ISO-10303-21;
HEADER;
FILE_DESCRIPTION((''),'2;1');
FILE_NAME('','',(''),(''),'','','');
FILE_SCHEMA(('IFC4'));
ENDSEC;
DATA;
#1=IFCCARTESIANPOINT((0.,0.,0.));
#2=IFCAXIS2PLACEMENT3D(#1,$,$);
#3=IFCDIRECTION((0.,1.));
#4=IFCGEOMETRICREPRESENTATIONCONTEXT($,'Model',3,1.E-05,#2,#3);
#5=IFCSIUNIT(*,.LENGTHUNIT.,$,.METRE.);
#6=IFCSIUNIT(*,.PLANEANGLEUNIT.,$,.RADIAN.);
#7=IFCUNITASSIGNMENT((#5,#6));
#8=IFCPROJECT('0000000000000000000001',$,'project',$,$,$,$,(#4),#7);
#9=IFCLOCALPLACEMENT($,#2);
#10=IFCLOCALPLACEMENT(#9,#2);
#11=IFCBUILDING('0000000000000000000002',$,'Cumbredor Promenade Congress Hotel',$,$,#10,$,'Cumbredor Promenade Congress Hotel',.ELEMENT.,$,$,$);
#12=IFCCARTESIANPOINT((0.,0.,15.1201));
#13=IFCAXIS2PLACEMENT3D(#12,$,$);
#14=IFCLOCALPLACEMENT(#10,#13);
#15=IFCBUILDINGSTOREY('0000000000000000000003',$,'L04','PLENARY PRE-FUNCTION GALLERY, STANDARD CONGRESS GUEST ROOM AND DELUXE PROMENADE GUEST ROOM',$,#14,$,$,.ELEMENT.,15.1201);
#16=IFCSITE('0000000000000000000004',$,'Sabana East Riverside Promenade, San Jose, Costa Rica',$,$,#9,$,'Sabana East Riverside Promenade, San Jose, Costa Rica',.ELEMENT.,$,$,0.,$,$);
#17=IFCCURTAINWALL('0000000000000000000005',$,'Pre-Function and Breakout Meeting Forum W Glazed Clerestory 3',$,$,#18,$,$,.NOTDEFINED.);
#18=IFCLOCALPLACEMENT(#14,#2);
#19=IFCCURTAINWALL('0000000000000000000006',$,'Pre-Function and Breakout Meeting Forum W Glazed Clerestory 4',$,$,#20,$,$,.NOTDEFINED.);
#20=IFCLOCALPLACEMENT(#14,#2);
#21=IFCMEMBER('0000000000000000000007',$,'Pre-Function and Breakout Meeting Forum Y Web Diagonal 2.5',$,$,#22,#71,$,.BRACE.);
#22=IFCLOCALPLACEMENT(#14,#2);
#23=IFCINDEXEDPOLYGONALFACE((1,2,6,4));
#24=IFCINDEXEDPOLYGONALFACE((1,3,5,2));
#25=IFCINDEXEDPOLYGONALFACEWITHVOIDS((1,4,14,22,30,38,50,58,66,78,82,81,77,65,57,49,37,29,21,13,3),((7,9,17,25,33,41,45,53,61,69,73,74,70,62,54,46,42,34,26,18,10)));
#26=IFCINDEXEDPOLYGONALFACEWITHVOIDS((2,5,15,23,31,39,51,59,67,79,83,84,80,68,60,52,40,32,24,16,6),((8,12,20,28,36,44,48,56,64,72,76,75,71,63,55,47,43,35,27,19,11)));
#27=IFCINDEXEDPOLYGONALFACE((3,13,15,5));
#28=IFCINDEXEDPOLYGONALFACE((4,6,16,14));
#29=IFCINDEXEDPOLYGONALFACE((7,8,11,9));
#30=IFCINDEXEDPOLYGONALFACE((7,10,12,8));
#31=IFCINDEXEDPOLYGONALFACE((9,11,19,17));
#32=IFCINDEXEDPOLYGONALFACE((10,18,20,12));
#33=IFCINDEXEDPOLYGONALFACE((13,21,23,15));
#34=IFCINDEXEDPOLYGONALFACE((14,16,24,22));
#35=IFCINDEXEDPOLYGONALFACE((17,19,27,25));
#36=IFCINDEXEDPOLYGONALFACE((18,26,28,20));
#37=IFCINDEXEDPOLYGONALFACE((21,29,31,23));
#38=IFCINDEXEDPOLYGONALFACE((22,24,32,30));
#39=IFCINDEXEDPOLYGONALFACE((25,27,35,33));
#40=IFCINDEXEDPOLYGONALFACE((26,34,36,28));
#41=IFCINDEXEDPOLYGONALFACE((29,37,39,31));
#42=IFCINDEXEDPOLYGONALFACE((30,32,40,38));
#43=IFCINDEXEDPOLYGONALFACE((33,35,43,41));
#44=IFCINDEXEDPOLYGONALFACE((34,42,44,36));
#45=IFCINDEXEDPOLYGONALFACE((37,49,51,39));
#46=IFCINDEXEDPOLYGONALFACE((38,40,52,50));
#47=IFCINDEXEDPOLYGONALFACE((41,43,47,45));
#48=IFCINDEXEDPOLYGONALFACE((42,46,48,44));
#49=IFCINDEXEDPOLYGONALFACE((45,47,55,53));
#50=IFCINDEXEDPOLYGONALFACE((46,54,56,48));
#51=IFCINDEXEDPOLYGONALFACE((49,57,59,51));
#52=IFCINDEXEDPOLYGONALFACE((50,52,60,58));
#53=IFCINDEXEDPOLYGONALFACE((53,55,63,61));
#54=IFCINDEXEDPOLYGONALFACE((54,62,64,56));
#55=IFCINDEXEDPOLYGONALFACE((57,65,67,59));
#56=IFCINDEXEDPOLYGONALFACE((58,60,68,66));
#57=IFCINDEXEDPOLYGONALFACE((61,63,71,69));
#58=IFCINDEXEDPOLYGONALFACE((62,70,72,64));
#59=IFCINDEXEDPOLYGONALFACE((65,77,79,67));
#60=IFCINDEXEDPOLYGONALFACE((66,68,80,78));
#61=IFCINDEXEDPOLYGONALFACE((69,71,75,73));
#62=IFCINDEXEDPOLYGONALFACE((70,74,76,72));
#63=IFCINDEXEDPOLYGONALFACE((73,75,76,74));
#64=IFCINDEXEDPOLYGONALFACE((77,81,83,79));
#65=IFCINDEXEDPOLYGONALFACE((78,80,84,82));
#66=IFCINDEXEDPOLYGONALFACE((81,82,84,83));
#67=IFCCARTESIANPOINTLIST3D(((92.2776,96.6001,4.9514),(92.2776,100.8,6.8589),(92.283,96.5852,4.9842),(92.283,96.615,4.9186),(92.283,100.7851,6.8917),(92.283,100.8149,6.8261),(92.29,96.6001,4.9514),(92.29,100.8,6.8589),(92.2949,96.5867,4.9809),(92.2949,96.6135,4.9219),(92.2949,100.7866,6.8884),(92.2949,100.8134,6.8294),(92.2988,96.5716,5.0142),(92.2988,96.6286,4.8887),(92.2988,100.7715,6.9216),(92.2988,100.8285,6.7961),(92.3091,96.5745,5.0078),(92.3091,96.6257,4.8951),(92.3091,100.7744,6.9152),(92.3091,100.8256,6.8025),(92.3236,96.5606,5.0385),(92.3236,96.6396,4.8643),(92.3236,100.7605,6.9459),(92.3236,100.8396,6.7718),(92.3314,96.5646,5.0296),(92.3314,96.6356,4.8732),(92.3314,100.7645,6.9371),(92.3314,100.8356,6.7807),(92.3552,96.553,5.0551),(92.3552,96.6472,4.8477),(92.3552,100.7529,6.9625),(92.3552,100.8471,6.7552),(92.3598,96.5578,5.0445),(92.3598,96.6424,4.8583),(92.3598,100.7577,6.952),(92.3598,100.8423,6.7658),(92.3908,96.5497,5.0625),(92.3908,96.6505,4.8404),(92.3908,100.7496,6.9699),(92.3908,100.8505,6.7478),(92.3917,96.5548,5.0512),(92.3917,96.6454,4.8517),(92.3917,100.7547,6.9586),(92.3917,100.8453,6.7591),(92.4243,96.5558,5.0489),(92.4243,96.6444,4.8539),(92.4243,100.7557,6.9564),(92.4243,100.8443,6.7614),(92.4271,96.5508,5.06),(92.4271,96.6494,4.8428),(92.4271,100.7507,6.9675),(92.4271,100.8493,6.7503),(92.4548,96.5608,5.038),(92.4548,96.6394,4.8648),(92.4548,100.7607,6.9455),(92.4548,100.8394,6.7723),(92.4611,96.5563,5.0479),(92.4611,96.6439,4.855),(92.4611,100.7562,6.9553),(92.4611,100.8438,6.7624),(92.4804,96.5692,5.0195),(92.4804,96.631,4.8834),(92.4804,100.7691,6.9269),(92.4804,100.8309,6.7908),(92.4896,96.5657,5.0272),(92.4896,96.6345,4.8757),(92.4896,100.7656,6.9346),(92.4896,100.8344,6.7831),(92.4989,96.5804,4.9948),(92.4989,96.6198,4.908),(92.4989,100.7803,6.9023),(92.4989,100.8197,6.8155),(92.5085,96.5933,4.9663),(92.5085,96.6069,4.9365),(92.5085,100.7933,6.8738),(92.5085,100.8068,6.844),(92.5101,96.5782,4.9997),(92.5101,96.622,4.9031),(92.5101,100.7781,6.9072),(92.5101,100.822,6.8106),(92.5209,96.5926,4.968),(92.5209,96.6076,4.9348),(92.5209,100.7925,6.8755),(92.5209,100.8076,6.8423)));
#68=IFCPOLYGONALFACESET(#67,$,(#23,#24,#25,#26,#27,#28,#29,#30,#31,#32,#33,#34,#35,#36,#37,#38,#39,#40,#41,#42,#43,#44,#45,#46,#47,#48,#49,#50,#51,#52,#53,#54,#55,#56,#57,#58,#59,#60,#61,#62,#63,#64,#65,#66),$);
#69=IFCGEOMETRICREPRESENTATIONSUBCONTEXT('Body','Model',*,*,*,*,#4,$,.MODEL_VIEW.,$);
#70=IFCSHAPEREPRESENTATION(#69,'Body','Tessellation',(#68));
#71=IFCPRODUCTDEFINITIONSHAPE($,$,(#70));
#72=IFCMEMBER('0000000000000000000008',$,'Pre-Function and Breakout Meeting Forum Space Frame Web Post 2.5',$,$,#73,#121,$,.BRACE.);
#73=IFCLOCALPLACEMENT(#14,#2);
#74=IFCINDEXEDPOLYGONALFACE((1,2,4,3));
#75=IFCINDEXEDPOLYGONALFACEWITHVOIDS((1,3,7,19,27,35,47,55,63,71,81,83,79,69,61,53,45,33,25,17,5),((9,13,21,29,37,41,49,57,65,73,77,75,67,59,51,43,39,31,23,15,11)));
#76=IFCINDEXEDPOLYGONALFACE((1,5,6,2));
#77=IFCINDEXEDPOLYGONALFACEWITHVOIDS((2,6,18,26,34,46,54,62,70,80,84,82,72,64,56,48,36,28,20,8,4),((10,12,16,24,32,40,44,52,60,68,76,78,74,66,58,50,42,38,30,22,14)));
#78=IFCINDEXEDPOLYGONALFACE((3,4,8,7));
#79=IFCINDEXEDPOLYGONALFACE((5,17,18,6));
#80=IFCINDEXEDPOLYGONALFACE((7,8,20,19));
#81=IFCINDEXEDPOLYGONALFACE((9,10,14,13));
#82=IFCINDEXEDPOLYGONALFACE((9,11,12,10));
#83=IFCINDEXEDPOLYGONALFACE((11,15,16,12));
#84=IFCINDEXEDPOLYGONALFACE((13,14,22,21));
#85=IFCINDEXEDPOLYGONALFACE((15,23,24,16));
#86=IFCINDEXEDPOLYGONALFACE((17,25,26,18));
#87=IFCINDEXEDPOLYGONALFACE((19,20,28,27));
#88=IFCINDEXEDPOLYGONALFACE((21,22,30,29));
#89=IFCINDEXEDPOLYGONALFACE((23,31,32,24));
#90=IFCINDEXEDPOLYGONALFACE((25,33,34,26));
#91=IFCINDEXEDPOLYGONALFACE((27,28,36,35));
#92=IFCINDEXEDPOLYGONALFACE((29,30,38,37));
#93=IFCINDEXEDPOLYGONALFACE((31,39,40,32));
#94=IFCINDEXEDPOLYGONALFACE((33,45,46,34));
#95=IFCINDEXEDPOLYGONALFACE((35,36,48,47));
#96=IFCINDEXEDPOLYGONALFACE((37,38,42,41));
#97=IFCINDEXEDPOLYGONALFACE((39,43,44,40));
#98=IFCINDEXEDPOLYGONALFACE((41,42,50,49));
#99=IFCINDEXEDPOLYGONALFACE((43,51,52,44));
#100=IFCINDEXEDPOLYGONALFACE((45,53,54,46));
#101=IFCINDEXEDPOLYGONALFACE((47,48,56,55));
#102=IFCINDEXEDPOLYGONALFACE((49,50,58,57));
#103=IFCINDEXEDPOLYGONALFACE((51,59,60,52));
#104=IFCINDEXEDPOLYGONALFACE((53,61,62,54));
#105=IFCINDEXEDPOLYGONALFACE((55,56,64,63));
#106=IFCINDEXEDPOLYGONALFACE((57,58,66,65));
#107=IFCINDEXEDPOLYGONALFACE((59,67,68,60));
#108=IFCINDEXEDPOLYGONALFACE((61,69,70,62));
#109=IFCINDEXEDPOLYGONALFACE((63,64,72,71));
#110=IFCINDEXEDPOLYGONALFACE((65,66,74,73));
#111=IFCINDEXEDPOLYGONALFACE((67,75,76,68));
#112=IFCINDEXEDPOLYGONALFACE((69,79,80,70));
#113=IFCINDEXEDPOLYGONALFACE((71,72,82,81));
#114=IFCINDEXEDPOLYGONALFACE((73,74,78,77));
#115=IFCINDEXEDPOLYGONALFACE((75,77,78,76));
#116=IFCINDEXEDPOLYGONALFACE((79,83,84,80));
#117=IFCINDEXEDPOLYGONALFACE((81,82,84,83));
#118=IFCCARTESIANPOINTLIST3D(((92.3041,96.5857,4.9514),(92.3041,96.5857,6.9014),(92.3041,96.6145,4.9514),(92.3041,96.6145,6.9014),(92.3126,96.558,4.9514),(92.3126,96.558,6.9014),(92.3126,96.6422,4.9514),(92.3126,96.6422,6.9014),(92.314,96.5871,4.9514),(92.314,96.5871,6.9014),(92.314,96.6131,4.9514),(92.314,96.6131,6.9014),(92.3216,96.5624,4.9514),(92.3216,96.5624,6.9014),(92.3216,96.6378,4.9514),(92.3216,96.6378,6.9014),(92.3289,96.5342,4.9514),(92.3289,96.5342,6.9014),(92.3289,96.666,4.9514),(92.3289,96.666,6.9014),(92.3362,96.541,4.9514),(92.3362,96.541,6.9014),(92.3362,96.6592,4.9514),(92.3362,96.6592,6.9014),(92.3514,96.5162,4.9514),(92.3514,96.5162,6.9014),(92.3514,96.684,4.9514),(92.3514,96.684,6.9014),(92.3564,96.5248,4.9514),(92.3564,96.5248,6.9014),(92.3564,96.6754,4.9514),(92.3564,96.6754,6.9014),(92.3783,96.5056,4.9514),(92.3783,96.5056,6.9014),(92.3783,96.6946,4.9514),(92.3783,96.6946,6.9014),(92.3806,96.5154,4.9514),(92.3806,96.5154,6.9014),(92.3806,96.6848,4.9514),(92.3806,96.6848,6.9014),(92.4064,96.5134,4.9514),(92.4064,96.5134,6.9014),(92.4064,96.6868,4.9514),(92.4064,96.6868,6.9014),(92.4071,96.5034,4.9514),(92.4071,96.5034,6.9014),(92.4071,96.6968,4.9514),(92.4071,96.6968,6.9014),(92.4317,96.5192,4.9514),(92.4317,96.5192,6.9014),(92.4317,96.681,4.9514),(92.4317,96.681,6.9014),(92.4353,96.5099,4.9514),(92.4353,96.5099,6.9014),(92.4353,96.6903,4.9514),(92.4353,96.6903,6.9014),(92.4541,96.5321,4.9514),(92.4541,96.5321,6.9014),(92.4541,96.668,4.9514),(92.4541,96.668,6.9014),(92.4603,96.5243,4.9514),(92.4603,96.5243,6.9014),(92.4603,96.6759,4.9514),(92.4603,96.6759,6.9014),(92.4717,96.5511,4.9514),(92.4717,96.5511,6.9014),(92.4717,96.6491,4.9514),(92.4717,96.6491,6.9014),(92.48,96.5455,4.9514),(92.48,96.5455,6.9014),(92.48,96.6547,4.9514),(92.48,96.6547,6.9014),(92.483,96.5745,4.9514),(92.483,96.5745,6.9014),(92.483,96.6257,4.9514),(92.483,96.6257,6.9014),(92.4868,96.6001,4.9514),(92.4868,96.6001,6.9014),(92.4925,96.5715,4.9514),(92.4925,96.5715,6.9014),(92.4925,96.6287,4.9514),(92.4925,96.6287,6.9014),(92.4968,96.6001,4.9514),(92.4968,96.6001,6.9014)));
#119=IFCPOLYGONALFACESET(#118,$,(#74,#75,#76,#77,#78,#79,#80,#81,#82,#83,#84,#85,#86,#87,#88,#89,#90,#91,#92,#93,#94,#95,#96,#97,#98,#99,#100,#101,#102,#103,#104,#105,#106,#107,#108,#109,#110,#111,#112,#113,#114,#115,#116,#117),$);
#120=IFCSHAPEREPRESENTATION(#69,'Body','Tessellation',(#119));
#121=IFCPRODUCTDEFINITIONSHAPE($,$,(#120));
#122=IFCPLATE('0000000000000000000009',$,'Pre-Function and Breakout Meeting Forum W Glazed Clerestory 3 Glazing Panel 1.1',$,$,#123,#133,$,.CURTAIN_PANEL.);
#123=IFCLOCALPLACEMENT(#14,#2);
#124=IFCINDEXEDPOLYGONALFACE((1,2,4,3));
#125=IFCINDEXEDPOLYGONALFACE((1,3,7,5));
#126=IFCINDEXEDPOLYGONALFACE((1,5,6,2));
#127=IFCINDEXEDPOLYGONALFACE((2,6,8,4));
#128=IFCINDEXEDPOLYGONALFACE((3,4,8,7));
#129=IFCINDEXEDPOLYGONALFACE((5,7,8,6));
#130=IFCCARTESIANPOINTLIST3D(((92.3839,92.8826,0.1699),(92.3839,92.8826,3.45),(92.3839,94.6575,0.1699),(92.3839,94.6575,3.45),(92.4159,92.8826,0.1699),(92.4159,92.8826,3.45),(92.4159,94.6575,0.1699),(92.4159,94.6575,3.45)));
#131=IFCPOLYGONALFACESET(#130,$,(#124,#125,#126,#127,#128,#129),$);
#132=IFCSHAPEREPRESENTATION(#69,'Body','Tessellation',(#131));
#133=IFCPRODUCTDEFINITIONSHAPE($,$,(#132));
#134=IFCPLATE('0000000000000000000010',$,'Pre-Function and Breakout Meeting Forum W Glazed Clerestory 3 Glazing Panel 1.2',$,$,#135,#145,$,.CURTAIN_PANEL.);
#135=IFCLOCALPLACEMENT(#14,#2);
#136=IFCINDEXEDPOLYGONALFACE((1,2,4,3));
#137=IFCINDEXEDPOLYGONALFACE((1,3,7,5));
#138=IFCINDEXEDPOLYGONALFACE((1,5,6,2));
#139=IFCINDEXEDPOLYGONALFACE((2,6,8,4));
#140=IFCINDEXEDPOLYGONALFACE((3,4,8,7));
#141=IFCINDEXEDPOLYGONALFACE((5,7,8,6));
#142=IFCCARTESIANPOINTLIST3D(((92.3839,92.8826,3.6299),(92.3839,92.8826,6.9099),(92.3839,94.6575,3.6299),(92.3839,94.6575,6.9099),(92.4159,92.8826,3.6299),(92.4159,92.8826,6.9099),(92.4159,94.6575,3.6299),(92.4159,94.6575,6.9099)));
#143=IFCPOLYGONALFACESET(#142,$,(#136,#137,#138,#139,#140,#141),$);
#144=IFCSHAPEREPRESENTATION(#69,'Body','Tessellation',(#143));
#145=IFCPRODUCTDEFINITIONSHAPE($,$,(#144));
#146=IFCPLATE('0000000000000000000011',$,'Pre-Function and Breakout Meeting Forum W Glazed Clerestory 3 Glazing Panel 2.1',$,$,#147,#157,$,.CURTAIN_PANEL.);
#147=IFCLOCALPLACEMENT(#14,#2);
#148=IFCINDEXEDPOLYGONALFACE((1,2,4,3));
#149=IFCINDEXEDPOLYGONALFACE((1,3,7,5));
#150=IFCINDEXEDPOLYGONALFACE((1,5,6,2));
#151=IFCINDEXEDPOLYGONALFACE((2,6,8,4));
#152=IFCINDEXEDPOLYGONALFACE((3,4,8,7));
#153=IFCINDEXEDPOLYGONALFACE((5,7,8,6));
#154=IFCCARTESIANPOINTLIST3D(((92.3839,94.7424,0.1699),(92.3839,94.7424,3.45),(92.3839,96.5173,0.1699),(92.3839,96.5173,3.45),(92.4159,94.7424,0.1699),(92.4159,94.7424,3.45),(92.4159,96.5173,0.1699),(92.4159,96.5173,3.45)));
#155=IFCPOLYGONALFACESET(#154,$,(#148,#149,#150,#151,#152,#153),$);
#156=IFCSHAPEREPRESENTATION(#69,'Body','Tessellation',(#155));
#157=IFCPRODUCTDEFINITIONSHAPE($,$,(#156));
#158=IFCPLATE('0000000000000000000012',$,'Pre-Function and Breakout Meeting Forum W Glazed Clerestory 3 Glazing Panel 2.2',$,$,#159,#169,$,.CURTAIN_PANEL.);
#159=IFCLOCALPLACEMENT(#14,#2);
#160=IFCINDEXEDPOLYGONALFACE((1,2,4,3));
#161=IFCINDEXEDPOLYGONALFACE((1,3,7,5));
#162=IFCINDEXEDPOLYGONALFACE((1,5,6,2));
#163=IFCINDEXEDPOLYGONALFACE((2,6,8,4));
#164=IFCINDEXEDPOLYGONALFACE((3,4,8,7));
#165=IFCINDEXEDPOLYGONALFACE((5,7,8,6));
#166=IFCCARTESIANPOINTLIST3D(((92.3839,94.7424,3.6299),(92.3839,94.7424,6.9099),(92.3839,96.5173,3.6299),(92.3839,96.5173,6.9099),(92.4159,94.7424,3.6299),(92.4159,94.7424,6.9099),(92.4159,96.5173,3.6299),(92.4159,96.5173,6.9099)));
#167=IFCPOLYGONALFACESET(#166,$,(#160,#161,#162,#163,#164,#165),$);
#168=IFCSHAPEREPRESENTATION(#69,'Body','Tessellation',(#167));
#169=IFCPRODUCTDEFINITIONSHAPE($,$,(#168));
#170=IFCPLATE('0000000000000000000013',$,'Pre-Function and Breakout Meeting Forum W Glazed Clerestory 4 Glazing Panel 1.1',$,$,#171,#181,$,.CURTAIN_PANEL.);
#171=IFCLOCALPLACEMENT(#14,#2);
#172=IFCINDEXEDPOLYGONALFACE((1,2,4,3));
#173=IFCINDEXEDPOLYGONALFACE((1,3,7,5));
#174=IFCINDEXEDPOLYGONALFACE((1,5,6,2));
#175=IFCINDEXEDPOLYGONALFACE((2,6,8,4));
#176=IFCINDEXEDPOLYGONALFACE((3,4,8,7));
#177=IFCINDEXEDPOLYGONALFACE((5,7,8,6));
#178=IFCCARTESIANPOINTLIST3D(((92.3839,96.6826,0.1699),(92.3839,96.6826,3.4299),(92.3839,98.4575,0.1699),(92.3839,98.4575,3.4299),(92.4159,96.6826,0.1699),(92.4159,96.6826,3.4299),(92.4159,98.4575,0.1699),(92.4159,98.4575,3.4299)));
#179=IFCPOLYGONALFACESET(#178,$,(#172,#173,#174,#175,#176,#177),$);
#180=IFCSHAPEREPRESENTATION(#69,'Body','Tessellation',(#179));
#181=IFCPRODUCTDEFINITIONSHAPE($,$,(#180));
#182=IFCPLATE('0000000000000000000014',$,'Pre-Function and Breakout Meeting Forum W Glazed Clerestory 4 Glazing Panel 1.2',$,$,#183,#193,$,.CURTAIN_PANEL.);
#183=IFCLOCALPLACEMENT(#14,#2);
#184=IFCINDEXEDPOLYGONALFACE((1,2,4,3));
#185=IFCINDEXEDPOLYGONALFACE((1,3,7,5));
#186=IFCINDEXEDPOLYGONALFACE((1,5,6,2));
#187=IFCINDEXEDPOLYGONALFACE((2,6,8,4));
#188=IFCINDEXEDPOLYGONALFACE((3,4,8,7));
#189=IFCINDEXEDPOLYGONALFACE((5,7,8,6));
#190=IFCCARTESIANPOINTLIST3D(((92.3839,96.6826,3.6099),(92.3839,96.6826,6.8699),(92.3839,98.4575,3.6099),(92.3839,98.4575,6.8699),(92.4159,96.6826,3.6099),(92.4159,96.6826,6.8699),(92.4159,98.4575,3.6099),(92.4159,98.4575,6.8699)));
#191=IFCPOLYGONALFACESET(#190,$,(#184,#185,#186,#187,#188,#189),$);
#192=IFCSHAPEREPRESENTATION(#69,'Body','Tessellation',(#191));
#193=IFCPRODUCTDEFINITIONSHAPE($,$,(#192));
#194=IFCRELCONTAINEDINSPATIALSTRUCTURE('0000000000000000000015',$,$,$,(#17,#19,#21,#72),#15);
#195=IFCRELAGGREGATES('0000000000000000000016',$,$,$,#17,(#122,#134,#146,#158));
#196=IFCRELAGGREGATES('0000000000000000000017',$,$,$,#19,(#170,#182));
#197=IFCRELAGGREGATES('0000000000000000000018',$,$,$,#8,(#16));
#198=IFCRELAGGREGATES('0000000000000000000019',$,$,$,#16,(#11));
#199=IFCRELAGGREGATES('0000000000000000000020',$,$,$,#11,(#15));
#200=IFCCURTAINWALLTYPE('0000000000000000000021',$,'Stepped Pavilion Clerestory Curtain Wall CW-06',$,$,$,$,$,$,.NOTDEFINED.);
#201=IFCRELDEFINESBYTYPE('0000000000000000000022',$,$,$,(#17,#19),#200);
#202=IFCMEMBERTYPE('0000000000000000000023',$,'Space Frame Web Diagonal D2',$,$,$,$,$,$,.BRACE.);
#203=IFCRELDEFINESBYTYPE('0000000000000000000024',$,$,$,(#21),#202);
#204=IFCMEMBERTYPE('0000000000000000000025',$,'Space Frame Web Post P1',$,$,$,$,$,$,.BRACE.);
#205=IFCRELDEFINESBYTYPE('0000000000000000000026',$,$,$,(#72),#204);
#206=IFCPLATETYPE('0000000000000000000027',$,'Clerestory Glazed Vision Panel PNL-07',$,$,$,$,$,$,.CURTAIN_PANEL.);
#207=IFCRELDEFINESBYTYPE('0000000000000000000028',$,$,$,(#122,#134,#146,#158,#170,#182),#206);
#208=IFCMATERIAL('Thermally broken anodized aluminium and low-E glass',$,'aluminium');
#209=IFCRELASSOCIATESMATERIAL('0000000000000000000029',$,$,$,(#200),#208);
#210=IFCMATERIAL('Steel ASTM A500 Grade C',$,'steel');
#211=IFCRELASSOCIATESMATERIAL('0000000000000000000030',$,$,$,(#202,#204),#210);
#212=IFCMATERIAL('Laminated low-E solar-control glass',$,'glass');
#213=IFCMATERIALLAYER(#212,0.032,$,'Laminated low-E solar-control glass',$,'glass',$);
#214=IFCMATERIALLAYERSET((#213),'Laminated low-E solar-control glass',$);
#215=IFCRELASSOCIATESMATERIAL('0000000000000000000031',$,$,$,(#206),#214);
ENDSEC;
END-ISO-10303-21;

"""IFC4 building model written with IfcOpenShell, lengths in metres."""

from ifc_helpers import new_model, si_unit, direction, frame, origin, origin_2d, place, context, subcontext, project, spatial, rectangle, hollow_circle, extrude, material, layer, layer_set, material_profile, profile_set, type_object, element, aggregate, save


model = new_model("IFC4")

# Units and contexts
model_context = context("Model", 3, precision=1e-05, world=origin(), true_north=direction((0.0, 1.0)))
body_context = subcontext(model_context, "Body", "Model", "MODEL_VIEW")
ifc_project = project(units=[si_unit("LENGTHUNIT", "METRE"), si_unit("PLANEANGLEUNIT", "RADIAN")], contexts=[model_context])

# Site, building, storey
site_placement = place(None, origin())
site = spatial("IfcSite", under=ifc_project, at=site_placement, Name="Sabana East Riverside Promenade, San Jose, Costa Rica", LongName="Sabana East Riverside Promenade, San Jose, Costa Rica", CompositionType="ELEMENT", RefElevation=0.0)
building_placement = place(site_placement, origin())
building = spatial("IfcBuilding", under=site, at=building_placement, Name="Cumbredor Promenade Congress Hotel", LongName="Cumbredor Promenade Congress Hotel", CompositionType="ELEMENT")
storey_placement = place(building_placement, frame((0.0, 0.0, 15.1201)))
storey = spatial("IfcBuildingStorey", under=building, at=storey_placement, Name="L04", Description="PLENARY PRE-FUNCTION GALLERY, STANDARD CONGRESS GUEST ROOM AND DELUXE PROMENADE GUEST ROOM", CompositionType="ELEMENT", Elevation=15.1201)

# Curtain walls
ifc_material_1 = material(Name="Thermally broken anodized aluminium and low-E glass", Category="aluminium")
curtain_wall_type = type_object("IfcCurtainWallType", Name="Stepped Pavilion Clerestory Curtain Wall CW-06", PredefinedType="NOTDEFINED", material=ifc_material_1)
curtain_wall_1_placement = place(storey_placement, origin())
curtain_wall_1 = element("IfcCurtainWall", 1, at=curtain_wall_1_placement, inside=storey, type_object=curtain_wall_type, Name="Pre-Function and Breakout Meeting Forum W Glazed Clerestory 3", PredefinedType="NOTDEFINED")
curtain_wall_2_placement = place(storey_placement, origin())
curtain_wall_2 = element("IfcCurtainWall", 2, at=curtain_wall_2_placement, inside=storey, type_object=curtain_wall_type, Name="Pre-Function and Breakout Meeting Forum W Glazed Clerestory 4", PredefinedType="NOTDEFINED")

# Members
ifc_material_2 = material(Name="Steel ASTM A500 Grade C", Category="steel")
ifc_material_profile_1 = material_profile(ifc_material_2, hollow_circle(Radius=0.1223, WallThickness=0.0125, at=origin_2d()), Name="CHS 244.5x12.5")
ifc_profile_set_1 = profile_set([ifc_material_profile_1], Name="Steel ASTM A500 Grade C")
member_type_1 = type_object("IfcMemberType", Name="Space Frame Web Diagonal D2", PredefinedType="BRACE", material=ifc_profile_set_1)
member_1_placement = place(storey_placement, frame((92.3999, 96.6001, 4.9514), z_axis=(0.0, 0.910497, 0.413516), x_axis=(-1.0, 0.0, 0.0)))
element("IfcMember", 3, at=member_1_placement, inside=storey, type_object=member_type_1, Name="Pre-Function and Breakout Meeting Forum Y Web Diagonal 2.5", PredefinedType="BRACE", context=body_context, shape_type="SweptSolid", body=[
    extrude(hollow_circle(Radius=0.1223, WallThickness=0.0125, at=origin_2d()), origin(), (0.0, 0.0, 1.0), 4.6128),
])
ifc_material_profile_2 = material_profile(ifc_material_2, hollow_circle(Radius=0.0969, WallThickness=0.01, at=origin_2d()), Name="CHS 193.7x10")
ifc_profile_set_2 = profile_set([ifc_material_profile_2], Name="Steel ASTM A500 Grade C")
member_type_2 = type_object("IfcMemberType", Name="Space Frame Web Post P1", PredefinedType="BRACE", material=ifc_profile_set_2)
member_2_placement = place(storey_placement, frame((92.3999, 96.6001, 4.9514), z_axis=(0.0, 0.0, 1.0), x_axis=(1.0, 0.0, 0.0)))
element("IfcMember", 4, at=member_2_placement, inside=storey, type_object=member_type_2, Name="Pre-Function and Breakout Meeting Forum Space Frame Web Post 2.5", PredefinedType="BRACE", context=body_context, shape_type="SweptSolid", body=[
    extrude(hollow_circle(Radius=0.0969, WallThickness=0.01, at=origin_2d()), origin(), (0.0, 0.0, 1.0), 1.95),
])

# Plates
ifc_material_3 = material(Name="Laminated low-E solar-control glass", Category="glass")
ifc_layer_1 = layer(ifc_material_3, 0.032, Name="Laminated low-E solar-control glass", Category="glass")
ifc_layer_set_1 = layer_set([ifc_layer_1], Name="Laminated low-E solar-control glass")
plate_type_1 = type_object("IfcPlateType", Name="Clerestory Glazed Vision Panel PNL-07", PredefinedType="CURTAIN_PANEL", material=ifc_layer_set_1)
plate_1_placement = place(storey_placement, frame((92.3999, 93.77, 0.1699), z_axis=(0.0, 0.0, 1.0), x_axis=(0.0, 1.0, 0.0)))
plate_1 = element("IfcPlate", 5, at=plate_1_placement, type_object=plate_type_1, Name="Pre-Function and Breakout Meeting Forum W Glazed Clerestory 3 Glazing Panel 1.1", PredefinedType="CURTAIN_PANEL", context=body_context, shape_type="SweptSolid", body=[
    extrude(rectangle(XDim=1.7749, YDim=0.032, at=origin_2d()), origin(), (0.0, 0.0, 1.0), 3.28),
])
plate_2_placement = place(storey_placement, frame((92.3999, 93.77, 3.6299), z_axis=(0.0, 0.0, 1.0), x_axis=(0.0, 1.0, 0.0)))
plate_2 = element("IfcPlate", 6, at=plate_2_placement, type_object=plate_type_1, Name="Pre-Function and Breakout Meeting Forum W Glazed Clerestory 3 Glazing Panel 1.2", PredefinedType="CURTAIN_PANEL", context=body_context, shape_type="SweptSolid", body=[
    extrude(rectangle(XDim=1.7749, YDim=0.032, at=origin_2d()), origin(), (0.0, 0.0, 1.0), 3.28),
])
plate_3_placement = place(storey_placement, frame((92.3999, 95.6299, 0.1699), z_axis=(0.0, 0.0, 1.0), x_axis=(0.0, 1.0, 0.0)))
plate_3 = element("IfcPlate", 7, at=plate_3_placement, type_object=plate_type_1, Name="Pre-Function and Breakout Meeting Forum W Glazed Clerestory 3 Glazing Panel 2.1", PredefinedType="CURTAIN_PANEL", context=body_context, shape_type="SweptSolid", body=[
    extrude(rectangle(XDim=1.7749, YDim=0.032, at=origin_2d()), origin(), (0.0, 0.0, 1.0), 3.28),
])
plate_4_placement = place(storey_placement, frame((92.3999, 95.6299, 3.6299), z_axis=(0.0, 0.0, 1.0), x_axis=(0.0, 1.0, 0.0)))
plate_4 = element("IfcPlate", 8, at=plate_4_placement, type_object=plate_type_1, Name="Pre-Function and Breakout Meeting Forum W Glazed Clerestory 3 Glazing Panel 2.2", PredefinedType="CURTAIN_PANEL", context=body_context, shape_type="SweptSolid", body=[
    extrude(rectangle(XDim=1.7749, YDim=0.032, at=origin_2d()), origin(), (0.0, 0.0, 1.0), 3.28),
])
aggregate(curtain_wall_1, [plate_1, plate_2, plate_3, plate_4])
plate_5_placement = place(storey_placement, frame((92.3999, 97.5701, 0.1699), z_axis=(0.0, 0.0, 1.0), x_axis=(0.0, 1.0, 0.0)))
plate_5 = element("IfcPlate", 9, at=plate_5_placement, type_object=plate_type_1, Name="Pre-Function and Breakout Meeting Forum W Glazed Clerestory 4 Glazing Panel 1.1", PredefinedType="CURTAIN_PANEL", context=body_context, shape_type="SweptSolid", body=[
    extrude(rectangle(XDim=1.7749, YDim=0.032, at=origin_2d()), origin(), (0.0, 0.0, 1.0), 3.26),
])
plate_6_placement = place(storey_placement, frame((92.3999, 97.5701, 3.6099), z_axis=(0.0, 0.0, 1.0), x_axis=(0.0, 1.0, 0.0)))
plate_6 = element("IfcPlate", 10, at=plate_6_placement, type_object=plate_type_1, Name="Pre-Function and Breakout Meeting Forum W Glazed Clerestory 4 Glazing Panel 1.2", PredefinedType="CURTAIN_PANEL", context=body_context, shape_type="SweptSolid", body=[
    extrude(rectangle(XDim=1.7749, YDim=0.032, at=origin_2d()), origin(), (0.0, 0.0, 1.0), 3.26),
])
aggregate(curtain_wall_2, [plate_5, plate_6])

save(model, "model.ifc")
